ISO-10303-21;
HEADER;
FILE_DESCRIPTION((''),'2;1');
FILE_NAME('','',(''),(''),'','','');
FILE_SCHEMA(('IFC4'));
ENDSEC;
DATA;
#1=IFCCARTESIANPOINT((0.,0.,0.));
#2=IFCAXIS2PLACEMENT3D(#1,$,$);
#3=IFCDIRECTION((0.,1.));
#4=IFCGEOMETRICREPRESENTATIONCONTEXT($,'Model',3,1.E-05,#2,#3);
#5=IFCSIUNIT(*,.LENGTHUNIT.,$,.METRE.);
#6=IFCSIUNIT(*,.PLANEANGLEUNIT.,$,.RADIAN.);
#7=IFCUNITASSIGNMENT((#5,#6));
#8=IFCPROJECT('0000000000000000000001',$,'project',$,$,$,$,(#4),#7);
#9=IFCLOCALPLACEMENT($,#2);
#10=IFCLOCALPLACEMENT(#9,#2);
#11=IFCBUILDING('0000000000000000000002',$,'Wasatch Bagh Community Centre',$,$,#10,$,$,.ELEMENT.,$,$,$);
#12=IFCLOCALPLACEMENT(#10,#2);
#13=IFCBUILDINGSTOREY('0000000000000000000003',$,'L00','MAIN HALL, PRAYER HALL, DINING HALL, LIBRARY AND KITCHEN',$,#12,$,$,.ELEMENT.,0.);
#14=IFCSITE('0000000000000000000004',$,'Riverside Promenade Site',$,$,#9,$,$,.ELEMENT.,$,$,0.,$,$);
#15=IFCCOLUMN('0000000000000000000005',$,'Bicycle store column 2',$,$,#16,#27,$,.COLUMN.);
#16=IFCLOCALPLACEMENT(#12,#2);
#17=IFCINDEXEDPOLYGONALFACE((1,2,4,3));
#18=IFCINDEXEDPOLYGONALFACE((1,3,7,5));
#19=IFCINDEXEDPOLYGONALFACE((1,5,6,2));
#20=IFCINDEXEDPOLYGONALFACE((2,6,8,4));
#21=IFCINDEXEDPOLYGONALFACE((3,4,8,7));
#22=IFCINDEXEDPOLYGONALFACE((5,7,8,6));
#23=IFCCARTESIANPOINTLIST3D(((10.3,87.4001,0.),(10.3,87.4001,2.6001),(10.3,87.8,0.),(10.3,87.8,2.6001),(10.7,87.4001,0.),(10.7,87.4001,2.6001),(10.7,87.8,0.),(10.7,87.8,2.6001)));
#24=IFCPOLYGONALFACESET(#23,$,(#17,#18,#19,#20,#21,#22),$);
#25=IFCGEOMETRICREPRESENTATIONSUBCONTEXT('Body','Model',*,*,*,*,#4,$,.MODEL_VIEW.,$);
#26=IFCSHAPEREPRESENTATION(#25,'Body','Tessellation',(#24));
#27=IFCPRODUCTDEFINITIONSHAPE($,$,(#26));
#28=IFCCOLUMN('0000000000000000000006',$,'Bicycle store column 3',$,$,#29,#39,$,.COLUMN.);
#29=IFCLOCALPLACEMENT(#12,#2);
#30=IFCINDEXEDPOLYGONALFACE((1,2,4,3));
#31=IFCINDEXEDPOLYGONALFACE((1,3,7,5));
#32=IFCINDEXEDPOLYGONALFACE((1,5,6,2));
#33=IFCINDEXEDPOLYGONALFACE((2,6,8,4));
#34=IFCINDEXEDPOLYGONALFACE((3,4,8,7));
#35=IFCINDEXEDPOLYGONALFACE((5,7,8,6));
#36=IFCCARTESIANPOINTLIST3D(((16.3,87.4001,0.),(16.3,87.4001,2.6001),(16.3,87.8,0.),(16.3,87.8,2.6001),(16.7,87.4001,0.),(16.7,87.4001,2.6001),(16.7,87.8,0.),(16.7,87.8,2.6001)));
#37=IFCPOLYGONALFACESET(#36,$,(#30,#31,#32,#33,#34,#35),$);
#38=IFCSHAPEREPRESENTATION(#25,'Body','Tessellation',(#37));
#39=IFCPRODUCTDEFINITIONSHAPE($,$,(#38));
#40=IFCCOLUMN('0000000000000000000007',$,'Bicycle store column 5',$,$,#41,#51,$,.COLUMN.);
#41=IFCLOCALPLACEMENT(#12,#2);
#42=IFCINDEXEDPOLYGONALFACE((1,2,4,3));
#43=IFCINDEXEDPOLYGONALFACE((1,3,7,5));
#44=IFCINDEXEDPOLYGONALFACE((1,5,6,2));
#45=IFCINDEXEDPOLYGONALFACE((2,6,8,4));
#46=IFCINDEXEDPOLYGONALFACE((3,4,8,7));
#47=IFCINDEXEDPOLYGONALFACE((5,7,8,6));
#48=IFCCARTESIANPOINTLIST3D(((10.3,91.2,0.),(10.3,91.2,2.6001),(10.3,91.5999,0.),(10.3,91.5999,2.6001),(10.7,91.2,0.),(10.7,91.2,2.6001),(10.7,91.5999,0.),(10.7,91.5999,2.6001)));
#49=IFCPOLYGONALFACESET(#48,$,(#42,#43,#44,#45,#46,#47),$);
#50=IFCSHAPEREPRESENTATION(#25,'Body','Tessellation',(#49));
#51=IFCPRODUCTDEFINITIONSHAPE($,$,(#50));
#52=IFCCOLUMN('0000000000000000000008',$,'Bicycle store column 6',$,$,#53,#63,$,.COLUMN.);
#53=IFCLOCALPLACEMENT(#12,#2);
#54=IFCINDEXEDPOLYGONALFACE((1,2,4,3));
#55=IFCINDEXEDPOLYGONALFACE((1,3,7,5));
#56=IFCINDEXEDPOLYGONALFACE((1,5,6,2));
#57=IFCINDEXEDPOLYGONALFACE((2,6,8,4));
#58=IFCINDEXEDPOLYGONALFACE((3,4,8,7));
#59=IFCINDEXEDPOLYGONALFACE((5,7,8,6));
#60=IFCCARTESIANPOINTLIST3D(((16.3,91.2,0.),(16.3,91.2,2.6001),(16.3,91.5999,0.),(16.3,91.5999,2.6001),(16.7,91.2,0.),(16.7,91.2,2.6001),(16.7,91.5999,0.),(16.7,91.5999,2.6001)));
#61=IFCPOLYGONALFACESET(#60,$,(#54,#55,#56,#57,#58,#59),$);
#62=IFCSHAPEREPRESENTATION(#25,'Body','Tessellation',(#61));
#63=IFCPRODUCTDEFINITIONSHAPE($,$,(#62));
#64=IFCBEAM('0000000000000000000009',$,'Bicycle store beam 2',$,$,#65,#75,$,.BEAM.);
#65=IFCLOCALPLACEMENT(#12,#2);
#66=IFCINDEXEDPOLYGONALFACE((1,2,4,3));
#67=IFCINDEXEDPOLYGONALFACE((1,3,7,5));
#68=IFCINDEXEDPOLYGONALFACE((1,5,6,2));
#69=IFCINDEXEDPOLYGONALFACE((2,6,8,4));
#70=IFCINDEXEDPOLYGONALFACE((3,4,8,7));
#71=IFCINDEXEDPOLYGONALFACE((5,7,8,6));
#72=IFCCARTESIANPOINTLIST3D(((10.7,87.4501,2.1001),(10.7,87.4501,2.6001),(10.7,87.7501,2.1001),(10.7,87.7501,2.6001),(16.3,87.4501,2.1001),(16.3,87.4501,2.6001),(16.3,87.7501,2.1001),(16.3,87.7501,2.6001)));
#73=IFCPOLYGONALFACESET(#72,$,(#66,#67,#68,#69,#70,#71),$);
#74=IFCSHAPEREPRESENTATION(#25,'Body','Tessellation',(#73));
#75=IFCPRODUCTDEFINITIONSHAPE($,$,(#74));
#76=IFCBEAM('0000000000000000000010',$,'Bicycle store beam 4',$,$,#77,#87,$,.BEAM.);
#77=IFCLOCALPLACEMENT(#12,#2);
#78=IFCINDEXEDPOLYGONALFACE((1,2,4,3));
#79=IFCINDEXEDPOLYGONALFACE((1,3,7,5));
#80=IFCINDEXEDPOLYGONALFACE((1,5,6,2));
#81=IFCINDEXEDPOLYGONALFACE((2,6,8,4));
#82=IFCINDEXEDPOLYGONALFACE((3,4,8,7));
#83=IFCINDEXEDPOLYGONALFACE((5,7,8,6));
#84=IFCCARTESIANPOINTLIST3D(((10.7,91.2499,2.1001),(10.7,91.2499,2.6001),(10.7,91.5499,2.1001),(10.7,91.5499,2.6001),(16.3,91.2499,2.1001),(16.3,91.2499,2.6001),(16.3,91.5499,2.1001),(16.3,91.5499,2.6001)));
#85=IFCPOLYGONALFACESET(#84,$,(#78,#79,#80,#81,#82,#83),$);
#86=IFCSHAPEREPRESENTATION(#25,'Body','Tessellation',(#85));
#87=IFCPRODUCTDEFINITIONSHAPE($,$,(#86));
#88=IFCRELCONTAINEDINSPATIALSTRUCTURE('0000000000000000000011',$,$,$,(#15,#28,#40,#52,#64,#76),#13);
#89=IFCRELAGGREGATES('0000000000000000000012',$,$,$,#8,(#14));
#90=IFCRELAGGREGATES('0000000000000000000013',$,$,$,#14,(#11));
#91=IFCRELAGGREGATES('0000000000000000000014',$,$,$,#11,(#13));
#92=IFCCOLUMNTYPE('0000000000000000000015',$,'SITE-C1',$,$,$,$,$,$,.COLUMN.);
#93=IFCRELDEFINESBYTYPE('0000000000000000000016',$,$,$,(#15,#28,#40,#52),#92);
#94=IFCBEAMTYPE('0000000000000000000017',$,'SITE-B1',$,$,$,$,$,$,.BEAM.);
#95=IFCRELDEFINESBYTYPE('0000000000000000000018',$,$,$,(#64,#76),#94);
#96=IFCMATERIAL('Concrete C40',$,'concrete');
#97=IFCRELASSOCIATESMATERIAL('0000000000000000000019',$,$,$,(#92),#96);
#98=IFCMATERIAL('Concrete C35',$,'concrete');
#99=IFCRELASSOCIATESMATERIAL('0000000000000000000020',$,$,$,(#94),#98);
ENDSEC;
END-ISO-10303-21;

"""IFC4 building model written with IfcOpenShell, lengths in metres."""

from ifc_helpers import new_model, si_unit, direction, frame, origin, origin_2d, place, context, subcontext, project, spatial, rectangle, extrude, material, material_profile, profile_set, type_object, element, save


model = new_model("IFC4")

# Units and contexts
model_context = context("Model", 3, precision=1e-05, world=origin(), true_north=direction((0.0, 1.0)))
body_context = subcontext(model_context, "Body", "Model", "MODEL_VIEW")
ifc_project = project(units=[si_unit("LENGTHUNIT", "METRE"), si_unit("PLANEANGLEUNIT", "RADIAN")], contexts=[model_context])

# Site, building, storey
site_placement = place(None, origin())
site = spatial("IfcSite", under=ifc_project, at=site_placement, Name="Riverside Promenade Site", CompositionType="ELEMENT", RefElevation=0.0)
building_placement = place(site_placement, origin())
building = spatial("IfcBuilding", under=site, at=building_placement, Name="Wasatch Bagh Community Centre", CompositionType="ELEMENT")
storey_placement = place(building_placement, origin())
storey = spatial("IfcBuildingStorey", under=building, at=storey_placement, Name="L00", Description="MAIN HALL, PRAYER HALL, DINING HALL, LIBRARY AND KITCHEN", CompositionType="ELEMENT", Elevation=0.0)

# Shared definitions
ifc_material_1 = material(Name="Concrete C35", Category="concrete")

# Columns
ifc_material_2 = material(Name="Concrete C40", Category="concrete")
ifc_material_profile_1 = material_profile(ifc_material_2, rectangle(XDim=0.3999, YDim=0.3999, at=origin_2d()), Name="RC 400x400")
ifc_profile_set_1 = profile_set([ifc_material_profile_1], Name="Concrete C40")
column_type = type_object("IfcColumnType", Name="SITE-C1", PredefinedType="COLUMN", material=ifc_profile_set_1)
for number, where, z_axis, x_axis, name in (
    (1, (10.5, 87.6001, 0.0), (0.0, 0.0, 1.0), (1.0, 0.0, 0.0), "Bicycle store column 2"),
    (2, (16.5, 87.6001, 0.0), (0.0, 0.0, 1.0), (1.0, 0.0, 0.0), "Bicycle store column 3"),
    (3, (10.5, 91.3999, 0.0), (0.0, 0.0, 1.0), (1.0, 0.0, 0.0), "Bicycle store column 5"),
    (4, (16.5, 91.3999, 0.0), (0.0, 0.0, 1.0), (1.0, 0.0, 0.0), "Bicycle store column 6"),
):
    element("IfcColumn", number, at=place(storey_placement, frame(where, z_axis=z_axis, x_axis=x_axis)), inside=storey, type_object=column_type, Name=name, PredefinedType="COLUMN", context=body_context, shape_type="SweptSolid", body=[
        extrude(rectangle(XDim=0.3999, YDim=0.3999, at=origin_2d()), origin(), (0.0, 0.0, 1.0), 2.6001),
    ])

# Beams
ifc_material_profile_2 = material_profile(ifc_material_1, rectangle(XDim=0.3, YDim=0.5, at=origin_2d()), Name="RC 300x500")
ifc_profile_set_2 = profile_set([ifc_material_profile_2], Name="Concrete C35")
beam_type = type_object("IfcBeamType", Name="SITE-B1", PredefinedType="BEAM", material=ifc_profile_set_2)
for number, where, z_axis, x_axis, name in (
    (5, (10.7, 87.6001, 2.3501), (1.0, 0.0, 0.0), (0.0, 1.0, 0.0), "Bicycle store beam 2"),
    (6, (10.7, 91.3999, 2.3501), (1.0, 0.0, 0.0), (0.0, 1.0, 0.0), "Bicycle store beam 4"),
):
    element("IfcBeam", number, at=place(storey_placement, frame(where, z_axis=z_axis, x_axis=x_axis)), inside=storey, type_object=beam_type, Name=name, PredefinedType="BEAM", context=body_context, shape_type="SweptSolid", body=[
        extrude(rectangle(XDim=0.3, YDim=0.5, at=origin_2d()), origin(), (0.0, 0.0, 1.0), 5.6001),
    ])

save(model, "model.ifc")
